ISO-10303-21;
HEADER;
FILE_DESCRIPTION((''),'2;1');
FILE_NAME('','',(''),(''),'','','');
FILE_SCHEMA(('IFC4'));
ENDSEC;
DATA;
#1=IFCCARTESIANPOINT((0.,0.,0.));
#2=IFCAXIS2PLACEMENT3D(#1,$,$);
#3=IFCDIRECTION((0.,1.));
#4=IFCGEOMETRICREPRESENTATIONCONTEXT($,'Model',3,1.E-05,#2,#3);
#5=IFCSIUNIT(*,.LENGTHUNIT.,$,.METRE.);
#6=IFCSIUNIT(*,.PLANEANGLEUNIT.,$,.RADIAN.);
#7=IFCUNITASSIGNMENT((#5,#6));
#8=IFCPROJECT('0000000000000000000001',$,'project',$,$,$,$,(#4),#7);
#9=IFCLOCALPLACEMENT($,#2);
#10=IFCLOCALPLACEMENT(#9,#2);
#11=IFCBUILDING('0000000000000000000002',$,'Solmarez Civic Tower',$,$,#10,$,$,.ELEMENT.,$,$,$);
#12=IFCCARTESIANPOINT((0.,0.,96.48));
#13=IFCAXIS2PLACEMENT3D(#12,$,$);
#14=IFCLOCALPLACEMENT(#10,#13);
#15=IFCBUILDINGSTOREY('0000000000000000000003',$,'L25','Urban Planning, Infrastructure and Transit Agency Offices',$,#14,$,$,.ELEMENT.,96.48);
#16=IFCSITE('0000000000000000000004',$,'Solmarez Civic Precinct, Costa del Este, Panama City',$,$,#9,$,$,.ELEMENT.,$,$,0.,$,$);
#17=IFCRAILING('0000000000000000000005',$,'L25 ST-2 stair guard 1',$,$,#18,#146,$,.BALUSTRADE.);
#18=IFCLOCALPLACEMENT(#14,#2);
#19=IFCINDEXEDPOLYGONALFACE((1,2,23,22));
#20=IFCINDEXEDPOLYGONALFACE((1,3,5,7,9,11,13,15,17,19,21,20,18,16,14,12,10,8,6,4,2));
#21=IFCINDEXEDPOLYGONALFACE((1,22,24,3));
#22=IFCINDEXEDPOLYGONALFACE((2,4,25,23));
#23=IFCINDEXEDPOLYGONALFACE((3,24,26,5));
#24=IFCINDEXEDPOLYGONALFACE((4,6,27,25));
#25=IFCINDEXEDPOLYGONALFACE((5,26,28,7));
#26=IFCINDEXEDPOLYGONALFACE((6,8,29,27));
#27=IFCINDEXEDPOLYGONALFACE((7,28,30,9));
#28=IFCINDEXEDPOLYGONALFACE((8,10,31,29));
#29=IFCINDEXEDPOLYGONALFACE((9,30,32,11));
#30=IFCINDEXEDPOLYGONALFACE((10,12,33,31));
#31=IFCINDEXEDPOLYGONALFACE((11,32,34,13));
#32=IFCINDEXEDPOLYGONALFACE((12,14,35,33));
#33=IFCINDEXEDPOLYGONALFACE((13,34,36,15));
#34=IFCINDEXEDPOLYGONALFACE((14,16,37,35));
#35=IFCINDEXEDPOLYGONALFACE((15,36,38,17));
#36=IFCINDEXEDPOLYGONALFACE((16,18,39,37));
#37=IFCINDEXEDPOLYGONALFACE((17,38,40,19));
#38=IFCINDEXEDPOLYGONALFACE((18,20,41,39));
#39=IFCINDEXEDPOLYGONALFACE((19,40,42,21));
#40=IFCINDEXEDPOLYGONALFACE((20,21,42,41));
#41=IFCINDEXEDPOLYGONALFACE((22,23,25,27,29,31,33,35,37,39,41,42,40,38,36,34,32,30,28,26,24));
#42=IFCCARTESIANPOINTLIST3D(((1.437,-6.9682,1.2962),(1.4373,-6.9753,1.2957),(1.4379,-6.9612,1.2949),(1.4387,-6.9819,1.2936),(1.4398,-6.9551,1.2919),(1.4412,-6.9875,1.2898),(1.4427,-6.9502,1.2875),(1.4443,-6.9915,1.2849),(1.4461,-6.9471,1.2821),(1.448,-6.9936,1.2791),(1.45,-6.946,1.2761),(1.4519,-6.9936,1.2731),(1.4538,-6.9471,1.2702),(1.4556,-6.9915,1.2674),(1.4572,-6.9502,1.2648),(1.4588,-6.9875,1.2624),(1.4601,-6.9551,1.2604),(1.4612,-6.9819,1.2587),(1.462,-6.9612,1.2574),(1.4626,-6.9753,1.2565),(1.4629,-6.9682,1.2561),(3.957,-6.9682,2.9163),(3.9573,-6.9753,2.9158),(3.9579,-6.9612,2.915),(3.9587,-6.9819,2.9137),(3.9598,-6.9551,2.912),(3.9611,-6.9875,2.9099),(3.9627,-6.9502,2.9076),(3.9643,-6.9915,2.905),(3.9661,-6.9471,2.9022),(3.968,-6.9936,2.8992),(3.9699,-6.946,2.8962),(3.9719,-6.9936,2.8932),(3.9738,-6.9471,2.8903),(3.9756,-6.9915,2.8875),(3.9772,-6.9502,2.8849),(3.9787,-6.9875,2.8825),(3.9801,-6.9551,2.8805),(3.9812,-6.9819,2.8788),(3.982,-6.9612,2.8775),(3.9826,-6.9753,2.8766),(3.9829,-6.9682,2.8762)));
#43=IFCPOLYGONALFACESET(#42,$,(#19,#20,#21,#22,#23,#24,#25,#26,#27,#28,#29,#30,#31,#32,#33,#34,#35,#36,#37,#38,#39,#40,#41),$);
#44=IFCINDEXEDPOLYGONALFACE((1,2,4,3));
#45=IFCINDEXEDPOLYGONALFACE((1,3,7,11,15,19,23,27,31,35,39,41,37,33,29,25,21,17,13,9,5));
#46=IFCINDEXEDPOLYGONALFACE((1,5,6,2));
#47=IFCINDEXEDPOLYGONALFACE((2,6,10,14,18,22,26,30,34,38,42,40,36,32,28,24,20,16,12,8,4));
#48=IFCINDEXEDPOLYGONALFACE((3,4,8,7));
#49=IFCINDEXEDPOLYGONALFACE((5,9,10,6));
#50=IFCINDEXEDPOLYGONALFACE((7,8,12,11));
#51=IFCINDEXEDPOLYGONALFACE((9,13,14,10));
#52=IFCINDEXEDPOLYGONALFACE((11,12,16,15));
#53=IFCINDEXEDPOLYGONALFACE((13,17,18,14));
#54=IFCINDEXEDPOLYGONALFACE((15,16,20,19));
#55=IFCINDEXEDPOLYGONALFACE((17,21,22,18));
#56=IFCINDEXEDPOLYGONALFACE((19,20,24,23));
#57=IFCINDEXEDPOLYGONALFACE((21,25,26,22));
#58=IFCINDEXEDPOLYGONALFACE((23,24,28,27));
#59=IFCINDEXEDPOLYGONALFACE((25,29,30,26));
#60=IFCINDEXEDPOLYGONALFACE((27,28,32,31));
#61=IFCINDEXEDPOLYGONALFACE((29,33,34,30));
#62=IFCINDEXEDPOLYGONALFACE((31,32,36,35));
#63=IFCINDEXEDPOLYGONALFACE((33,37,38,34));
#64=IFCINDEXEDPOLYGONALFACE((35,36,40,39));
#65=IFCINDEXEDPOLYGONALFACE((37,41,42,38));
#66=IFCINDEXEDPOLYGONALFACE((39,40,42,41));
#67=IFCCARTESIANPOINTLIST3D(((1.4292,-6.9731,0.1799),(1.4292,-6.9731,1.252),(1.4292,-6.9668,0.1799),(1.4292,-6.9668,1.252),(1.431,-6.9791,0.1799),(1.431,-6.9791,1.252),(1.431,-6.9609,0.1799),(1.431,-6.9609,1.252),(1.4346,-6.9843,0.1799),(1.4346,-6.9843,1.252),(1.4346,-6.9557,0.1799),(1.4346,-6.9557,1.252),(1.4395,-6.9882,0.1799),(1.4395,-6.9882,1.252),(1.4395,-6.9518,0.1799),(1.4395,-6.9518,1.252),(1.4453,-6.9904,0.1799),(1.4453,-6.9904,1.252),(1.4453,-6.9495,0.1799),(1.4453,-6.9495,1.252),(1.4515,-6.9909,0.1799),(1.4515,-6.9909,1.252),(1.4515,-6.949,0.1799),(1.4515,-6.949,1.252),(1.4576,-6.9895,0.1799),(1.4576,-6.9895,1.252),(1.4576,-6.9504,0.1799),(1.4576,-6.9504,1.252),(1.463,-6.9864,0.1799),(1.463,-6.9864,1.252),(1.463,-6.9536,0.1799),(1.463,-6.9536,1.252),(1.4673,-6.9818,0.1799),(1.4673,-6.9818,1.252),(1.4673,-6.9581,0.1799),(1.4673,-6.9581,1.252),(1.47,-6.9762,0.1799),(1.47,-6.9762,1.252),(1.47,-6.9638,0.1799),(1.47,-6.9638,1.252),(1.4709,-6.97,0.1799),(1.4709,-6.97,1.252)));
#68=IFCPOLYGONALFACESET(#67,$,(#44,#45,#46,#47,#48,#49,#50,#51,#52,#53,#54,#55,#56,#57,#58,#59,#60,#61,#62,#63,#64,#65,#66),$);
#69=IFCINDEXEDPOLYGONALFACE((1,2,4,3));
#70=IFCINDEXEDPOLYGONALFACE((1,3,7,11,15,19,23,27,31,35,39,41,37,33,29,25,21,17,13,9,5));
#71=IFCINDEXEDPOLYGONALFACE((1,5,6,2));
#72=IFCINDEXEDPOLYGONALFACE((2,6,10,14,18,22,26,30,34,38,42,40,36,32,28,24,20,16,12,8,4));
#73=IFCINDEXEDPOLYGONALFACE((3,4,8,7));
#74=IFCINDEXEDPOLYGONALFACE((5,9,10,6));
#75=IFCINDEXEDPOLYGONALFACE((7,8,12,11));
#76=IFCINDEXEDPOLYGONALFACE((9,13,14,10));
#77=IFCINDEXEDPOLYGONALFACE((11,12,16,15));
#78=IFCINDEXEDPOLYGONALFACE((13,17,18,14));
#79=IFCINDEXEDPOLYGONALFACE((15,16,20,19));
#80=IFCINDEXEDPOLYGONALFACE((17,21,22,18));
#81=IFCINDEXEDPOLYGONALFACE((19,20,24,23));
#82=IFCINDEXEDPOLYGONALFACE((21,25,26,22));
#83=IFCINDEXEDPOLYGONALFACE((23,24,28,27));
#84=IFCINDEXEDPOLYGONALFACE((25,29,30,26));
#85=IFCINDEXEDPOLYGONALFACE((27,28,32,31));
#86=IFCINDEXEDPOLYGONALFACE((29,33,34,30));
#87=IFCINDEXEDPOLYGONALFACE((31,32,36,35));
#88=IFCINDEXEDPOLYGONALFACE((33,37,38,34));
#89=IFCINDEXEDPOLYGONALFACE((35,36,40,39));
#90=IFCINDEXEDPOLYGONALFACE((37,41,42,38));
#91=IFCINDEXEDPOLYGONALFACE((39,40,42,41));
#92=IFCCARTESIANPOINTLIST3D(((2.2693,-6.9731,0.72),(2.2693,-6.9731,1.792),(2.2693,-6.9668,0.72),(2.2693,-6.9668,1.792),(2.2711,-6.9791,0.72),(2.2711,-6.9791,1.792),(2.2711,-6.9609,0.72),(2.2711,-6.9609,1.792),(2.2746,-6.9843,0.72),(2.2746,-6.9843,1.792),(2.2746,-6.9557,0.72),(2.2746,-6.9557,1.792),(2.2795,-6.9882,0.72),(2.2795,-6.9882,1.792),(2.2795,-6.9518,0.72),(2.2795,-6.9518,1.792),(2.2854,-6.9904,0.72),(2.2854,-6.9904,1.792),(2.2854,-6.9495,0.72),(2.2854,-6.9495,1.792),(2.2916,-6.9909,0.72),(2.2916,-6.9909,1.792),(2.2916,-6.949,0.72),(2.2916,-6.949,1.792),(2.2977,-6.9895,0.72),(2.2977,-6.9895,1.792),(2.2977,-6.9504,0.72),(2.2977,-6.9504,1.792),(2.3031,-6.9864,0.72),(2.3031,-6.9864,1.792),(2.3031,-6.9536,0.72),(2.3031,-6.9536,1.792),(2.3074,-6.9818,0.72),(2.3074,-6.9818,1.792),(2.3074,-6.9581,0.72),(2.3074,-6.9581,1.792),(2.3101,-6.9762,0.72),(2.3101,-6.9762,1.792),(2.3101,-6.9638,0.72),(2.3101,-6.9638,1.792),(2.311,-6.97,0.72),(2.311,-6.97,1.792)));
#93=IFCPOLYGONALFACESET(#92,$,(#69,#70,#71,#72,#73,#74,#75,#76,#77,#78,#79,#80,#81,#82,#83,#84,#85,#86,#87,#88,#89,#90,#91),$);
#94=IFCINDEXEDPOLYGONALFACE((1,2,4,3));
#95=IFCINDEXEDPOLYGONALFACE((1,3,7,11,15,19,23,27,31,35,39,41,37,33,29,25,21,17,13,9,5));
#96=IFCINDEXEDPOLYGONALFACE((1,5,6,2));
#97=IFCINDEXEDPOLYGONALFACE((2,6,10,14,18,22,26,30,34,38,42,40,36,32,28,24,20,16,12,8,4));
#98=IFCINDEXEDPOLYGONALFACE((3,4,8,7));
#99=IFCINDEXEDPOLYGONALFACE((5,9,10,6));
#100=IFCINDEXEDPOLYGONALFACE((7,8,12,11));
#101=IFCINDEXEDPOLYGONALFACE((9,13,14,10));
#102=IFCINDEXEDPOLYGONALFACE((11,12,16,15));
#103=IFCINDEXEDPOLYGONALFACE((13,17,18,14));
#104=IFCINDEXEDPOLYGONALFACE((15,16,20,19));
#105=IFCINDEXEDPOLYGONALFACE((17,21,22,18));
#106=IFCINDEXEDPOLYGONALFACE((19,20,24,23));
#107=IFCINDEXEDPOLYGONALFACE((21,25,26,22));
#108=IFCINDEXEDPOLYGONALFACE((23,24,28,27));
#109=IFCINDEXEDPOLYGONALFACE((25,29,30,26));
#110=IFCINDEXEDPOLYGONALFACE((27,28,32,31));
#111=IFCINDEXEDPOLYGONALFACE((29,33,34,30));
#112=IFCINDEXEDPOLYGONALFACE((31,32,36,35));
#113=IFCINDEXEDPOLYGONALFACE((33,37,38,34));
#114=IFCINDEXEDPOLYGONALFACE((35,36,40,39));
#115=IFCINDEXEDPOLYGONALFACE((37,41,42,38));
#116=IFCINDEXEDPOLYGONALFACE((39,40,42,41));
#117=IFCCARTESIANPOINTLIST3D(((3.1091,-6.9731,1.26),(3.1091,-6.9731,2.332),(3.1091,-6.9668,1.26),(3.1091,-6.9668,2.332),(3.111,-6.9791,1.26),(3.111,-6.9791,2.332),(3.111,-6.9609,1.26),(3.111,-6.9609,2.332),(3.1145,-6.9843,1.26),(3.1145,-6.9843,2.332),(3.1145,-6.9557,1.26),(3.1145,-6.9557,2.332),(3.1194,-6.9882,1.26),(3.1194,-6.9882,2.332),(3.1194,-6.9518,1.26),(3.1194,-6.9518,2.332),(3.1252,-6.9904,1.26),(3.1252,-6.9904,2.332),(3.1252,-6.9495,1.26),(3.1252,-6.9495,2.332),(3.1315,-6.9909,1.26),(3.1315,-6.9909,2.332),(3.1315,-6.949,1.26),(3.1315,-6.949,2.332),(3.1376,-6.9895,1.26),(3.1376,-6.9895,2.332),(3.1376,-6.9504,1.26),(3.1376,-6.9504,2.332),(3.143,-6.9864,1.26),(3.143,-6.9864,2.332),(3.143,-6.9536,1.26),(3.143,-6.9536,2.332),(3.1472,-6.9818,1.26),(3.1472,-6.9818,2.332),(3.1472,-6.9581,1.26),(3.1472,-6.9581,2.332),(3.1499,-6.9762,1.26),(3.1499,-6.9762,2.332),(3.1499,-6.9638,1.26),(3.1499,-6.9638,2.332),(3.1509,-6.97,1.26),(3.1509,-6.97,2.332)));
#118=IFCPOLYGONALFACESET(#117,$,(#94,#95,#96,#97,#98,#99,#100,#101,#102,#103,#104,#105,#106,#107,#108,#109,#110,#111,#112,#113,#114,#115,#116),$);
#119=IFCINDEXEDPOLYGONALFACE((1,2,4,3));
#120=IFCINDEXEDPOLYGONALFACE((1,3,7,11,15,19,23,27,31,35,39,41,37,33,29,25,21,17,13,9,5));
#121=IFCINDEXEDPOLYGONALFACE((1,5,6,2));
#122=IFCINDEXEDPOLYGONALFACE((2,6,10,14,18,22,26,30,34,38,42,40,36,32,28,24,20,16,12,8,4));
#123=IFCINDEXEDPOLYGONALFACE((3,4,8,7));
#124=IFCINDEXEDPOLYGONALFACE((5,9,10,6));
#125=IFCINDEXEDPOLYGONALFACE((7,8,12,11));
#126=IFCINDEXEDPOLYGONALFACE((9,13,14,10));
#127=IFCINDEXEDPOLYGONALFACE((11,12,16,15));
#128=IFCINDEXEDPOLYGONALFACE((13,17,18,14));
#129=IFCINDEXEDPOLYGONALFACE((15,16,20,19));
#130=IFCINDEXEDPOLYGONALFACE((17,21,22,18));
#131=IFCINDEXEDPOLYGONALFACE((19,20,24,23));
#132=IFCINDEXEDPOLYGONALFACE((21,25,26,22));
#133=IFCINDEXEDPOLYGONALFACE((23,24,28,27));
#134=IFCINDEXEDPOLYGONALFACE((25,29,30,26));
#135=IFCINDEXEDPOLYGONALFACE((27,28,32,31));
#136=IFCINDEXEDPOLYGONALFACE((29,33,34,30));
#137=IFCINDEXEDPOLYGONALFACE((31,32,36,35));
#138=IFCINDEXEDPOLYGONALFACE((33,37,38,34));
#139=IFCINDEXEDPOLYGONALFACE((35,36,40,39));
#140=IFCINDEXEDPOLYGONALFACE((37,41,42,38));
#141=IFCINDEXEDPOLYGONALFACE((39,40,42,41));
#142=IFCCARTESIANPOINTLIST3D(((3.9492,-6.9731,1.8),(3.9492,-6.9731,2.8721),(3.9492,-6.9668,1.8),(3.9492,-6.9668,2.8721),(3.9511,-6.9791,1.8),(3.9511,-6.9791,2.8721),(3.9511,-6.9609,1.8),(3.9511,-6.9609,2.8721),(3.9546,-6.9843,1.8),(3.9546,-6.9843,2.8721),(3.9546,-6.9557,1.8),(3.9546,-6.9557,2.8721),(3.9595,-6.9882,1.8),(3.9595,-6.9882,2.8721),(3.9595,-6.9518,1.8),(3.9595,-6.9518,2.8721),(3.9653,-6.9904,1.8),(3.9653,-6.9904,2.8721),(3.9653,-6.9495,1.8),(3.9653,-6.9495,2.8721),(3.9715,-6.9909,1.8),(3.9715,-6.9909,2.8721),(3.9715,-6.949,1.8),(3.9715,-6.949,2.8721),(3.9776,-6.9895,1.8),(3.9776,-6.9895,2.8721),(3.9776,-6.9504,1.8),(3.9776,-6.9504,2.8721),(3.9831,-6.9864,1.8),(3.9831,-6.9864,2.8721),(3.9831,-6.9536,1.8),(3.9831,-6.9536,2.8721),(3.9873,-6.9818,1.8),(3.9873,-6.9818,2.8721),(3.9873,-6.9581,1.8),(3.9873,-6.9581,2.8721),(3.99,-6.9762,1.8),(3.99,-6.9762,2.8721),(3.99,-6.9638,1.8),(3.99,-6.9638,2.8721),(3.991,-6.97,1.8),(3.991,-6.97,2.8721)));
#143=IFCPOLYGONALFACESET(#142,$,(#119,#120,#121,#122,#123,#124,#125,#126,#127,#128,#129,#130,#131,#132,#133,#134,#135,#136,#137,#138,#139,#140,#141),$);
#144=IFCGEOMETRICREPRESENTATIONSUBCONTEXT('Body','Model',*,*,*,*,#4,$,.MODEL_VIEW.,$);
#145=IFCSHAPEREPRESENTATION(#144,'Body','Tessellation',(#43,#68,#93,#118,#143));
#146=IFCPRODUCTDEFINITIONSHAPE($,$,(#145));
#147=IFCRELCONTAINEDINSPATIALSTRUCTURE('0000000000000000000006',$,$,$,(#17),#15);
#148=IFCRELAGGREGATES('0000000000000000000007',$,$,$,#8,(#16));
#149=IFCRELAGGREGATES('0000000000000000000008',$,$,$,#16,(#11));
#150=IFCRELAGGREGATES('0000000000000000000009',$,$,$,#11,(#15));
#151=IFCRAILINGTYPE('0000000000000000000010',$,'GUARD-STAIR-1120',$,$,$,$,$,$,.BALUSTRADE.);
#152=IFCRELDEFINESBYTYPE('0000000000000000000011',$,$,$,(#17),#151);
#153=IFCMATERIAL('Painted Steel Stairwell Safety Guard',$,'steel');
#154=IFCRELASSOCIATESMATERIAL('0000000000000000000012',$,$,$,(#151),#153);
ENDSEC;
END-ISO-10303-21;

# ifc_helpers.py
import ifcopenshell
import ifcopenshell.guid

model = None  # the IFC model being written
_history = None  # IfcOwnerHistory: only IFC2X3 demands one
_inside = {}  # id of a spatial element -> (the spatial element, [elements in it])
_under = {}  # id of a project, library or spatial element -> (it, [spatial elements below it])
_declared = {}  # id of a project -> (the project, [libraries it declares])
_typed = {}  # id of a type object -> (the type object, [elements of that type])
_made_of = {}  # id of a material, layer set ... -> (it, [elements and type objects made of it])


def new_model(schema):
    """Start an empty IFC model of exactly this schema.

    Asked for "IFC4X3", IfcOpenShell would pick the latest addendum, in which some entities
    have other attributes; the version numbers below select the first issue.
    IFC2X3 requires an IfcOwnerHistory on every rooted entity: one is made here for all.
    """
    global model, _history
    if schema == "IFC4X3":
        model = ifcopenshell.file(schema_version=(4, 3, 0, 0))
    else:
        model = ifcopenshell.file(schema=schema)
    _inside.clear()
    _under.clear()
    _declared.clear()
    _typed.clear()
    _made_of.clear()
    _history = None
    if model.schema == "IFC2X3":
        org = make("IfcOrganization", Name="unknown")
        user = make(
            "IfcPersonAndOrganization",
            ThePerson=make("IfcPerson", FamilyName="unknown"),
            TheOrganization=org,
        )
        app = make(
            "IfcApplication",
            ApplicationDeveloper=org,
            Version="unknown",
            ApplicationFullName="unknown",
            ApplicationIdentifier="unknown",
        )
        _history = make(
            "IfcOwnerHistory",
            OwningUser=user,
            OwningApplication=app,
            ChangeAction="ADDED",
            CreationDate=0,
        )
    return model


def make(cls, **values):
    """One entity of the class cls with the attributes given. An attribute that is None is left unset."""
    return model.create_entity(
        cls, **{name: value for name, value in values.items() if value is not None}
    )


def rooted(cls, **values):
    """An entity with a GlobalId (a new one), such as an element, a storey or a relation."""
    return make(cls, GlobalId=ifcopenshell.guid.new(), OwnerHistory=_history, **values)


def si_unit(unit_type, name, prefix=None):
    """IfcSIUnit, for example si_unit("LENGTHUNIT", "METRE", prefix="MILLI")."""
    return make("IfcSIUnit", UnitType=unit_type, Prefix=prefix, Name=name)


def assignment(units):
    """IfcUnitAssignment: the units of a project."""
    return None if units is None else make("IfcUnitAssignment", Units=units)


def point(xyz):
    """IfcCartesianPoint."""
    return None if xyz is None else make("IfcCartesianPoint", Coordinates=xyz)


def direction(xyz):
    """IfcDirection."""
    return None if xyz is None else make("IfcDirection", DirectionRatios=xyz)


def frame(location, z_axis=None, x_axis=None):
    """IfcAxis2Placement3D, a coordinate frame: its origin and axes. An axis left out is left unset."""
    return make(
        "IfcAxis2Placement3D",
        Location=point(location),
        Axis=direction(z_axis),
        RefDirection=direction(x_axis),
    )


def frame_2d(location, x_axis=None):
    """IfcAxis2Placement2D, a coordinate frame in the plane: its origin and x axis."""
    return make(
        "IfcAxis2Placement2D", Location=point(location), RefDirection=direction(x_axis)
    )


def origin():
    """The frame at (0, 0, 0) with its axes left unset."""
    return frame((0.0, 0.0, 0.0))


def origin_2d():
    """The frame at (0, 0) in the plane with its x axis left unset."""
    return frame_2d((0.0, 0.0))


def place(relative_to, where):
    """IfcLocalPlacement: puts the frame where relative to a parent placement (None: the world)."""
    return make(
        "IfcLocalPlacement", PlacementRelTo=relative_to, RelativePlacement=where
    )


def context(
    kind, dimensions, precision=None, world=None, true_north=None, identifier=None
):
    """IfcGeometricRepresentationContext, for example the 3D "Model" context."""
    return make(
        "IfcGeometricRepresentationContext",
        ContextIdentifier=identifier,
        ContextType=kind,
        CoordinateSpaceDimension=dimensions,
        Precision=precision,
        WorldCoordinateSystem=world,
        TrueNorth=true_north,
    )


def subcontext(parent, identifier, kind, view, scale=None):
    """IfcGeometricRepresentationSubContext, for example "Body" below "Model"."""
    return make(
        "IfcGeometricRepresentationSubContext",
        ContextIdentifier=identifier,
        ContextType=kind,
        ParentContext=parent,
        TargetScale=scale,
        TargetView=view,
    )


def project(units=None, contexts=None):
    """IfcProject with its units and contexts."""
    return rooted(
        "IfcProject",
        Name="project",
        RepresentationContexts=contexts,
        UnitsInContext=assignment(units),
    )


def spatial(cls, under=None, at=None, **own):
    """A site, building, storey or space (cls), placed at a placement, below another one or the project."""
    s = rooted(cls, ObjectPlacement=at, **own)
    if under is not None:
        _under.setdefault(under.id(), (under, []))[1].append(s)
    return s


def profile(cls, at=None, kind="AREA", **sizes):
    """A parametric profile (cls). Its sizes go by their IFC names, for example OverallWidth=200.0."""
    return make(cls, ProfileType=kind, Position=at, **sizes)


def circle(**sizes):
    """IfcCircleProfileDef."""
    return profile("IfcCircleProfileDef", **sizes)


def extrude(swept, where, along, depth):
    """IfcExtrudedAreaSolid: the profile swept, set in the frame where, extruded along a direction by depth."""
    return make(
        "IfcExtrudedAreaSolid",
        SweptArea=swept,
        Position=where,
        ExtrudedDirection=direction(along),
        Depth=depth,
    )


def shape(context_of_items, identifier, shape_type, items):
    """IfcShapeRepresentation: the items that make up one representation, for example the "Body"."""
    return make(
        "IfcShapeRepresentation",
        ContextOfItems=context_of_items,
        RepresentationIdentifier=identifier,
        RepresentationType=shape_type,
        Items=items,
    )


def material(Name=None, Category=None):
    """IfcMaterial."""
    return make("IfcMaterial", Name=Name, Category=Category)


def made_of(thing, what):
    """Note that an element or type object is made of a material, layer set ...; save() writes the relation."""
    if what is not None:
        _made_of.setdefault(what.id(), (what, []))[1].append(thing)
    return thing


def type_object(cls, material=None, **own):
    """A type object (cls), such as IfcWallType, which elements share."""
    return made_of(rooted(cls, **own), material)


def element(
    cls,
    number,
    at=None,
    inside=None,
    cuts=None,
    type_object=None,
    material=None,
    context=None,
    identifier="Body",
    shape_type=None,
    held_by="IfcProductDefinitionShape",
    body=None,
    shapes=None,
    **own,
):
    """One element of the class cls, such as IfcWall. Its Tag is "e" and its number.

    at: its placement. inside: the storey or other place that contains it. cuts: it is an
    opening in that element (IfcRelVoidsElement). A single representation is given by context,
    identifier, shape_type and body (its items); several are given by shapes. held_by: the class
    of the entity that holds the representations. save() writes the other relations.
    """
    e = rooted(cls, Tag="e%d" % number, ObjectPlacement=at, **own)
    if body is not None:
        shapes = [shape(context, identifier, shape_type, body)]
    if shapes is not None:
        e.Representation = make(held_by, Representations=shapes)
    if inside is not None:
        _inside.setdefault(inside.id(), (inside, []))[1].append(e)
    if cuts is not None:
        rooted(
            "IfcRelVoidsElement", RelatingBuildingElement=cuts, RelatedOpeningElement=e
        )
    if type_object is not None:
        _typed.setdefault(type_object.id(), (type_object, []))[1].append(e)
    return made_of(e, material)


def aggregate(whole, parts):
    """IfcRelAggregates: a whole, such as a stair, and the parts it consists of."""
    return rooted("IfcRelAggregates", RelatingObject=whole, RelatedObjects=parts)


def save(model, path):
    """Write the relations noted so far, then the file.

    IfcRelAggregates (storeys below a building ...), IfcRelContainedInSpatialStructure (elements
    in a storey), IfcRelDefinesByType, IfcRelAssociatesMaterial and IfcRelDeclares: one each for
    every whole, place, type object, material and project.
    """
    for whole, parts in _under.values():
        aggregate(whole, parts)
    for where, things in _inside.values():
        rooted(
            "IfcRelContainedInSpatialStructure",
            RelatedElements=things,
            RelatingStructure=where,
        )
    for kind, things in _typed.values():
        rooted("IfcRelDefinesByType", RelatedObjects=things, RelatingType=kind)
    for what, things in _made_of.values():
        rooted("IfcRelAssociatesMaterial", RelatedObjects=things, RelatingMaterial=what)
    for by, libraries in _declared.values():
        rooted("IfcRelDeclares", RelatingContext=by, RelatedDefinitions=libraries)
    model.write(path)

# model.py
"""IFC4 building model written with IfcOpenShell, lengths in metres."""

from ifc_helpers import new_model, si_unit, direction, frame, origin, origin_2d, place, context, subcontext, project, spatial, circle, extrude, material, type_object, element, save


model = new_model("IFC4")

# Units and contexts
model_context = context("Model", 3, precision=1e-05, world=origin(), true_north=direction((0.0, 1.0)))
body_context = subcontext(model_context, "Body", "Model", "MODEL_VIEW")
ifc_project = project(units=[si_unit("LENGTHUNIT", "METRE"), si_unit("PLANEANGLEUNIT", "RADIAN")], contexts=[model_context])

# Site, building, storey
site_placement = place(None, origin())
site = spatial("IfcSite", under=ifc_project, at=site_placement, Name="Solmarez Civic Precinct, Costa del Este, Panama City", CompositionType="ELEMENT", RefElevation=0.0)
building_placement = place(site_placement, origin())
building = spatial("IfcBuilding", under=site, at=building_placement, Name="Solmarez Civic Tower", CompositionType="ELEMENT")
storey_placement = place(building_placement, frame((0.0, 0.0, 96.48)))
storey = spatial("IfcBuildingStorey", under=building, at=storey_placement, Name="L25", Description="Urban Planning, Infrastructure and Transit Agency Offices", CompositionType="ELEMENT", Elevation=96.48)

# Railing
ifc_material_1 = material(Name="Painted Steel Stairwell Safety Guard", Category="steel")
railing_type_1 = type_object("IfcRailingType", Name="GUARD-STAIR-1120", PredefinedType="BALUSTRADE", material=ifc_material_1)
railing_1_placement = place(storey_placement, frame((1.45, -6.97, 0.1799)))
element("IfcRailing", 1, at=railing_1_placement, inside=storey, type_object=railing_type_1, Name="L25 ST-2 stair guard 1", PredefinedType="BALUSTRADE", context=body_context, shape_type="SweptSolid", body=[
    extrude(circle(Radius=0.0239, at=origin_2d()), frame((0.0, 0.0, 1.0962), z_axis=(0.841163, 0.0, 0.540782), x_axis=(0.0, 1.0, 0.0)), (0.0, 0.0, 1.0), 2.9958),
    extrude(circle(Radius=0.021, at=origin_2d()), origin(), (0.0, 0.0, 1.0), 1.072),
    extrude(circle(Radius=0.021, at=origin_2d()), frame((0.8401, 0.0, 0.54)), (0.0, 0.0, 1.0), 1.072),
    extrude(circle(Radius=0.021, at=origin_2d()), frame((1.6799, 0.0, 1.0801)), (0.0, 0.0, 1.0), 1.072),
    extrude(circle(Radius=0.021, at=origin_2d()), frame((2.52, 0.0, 1.6201)), (0.0, 0.0, 1.0), 1.072),
])

save(model, "model.ifc")
